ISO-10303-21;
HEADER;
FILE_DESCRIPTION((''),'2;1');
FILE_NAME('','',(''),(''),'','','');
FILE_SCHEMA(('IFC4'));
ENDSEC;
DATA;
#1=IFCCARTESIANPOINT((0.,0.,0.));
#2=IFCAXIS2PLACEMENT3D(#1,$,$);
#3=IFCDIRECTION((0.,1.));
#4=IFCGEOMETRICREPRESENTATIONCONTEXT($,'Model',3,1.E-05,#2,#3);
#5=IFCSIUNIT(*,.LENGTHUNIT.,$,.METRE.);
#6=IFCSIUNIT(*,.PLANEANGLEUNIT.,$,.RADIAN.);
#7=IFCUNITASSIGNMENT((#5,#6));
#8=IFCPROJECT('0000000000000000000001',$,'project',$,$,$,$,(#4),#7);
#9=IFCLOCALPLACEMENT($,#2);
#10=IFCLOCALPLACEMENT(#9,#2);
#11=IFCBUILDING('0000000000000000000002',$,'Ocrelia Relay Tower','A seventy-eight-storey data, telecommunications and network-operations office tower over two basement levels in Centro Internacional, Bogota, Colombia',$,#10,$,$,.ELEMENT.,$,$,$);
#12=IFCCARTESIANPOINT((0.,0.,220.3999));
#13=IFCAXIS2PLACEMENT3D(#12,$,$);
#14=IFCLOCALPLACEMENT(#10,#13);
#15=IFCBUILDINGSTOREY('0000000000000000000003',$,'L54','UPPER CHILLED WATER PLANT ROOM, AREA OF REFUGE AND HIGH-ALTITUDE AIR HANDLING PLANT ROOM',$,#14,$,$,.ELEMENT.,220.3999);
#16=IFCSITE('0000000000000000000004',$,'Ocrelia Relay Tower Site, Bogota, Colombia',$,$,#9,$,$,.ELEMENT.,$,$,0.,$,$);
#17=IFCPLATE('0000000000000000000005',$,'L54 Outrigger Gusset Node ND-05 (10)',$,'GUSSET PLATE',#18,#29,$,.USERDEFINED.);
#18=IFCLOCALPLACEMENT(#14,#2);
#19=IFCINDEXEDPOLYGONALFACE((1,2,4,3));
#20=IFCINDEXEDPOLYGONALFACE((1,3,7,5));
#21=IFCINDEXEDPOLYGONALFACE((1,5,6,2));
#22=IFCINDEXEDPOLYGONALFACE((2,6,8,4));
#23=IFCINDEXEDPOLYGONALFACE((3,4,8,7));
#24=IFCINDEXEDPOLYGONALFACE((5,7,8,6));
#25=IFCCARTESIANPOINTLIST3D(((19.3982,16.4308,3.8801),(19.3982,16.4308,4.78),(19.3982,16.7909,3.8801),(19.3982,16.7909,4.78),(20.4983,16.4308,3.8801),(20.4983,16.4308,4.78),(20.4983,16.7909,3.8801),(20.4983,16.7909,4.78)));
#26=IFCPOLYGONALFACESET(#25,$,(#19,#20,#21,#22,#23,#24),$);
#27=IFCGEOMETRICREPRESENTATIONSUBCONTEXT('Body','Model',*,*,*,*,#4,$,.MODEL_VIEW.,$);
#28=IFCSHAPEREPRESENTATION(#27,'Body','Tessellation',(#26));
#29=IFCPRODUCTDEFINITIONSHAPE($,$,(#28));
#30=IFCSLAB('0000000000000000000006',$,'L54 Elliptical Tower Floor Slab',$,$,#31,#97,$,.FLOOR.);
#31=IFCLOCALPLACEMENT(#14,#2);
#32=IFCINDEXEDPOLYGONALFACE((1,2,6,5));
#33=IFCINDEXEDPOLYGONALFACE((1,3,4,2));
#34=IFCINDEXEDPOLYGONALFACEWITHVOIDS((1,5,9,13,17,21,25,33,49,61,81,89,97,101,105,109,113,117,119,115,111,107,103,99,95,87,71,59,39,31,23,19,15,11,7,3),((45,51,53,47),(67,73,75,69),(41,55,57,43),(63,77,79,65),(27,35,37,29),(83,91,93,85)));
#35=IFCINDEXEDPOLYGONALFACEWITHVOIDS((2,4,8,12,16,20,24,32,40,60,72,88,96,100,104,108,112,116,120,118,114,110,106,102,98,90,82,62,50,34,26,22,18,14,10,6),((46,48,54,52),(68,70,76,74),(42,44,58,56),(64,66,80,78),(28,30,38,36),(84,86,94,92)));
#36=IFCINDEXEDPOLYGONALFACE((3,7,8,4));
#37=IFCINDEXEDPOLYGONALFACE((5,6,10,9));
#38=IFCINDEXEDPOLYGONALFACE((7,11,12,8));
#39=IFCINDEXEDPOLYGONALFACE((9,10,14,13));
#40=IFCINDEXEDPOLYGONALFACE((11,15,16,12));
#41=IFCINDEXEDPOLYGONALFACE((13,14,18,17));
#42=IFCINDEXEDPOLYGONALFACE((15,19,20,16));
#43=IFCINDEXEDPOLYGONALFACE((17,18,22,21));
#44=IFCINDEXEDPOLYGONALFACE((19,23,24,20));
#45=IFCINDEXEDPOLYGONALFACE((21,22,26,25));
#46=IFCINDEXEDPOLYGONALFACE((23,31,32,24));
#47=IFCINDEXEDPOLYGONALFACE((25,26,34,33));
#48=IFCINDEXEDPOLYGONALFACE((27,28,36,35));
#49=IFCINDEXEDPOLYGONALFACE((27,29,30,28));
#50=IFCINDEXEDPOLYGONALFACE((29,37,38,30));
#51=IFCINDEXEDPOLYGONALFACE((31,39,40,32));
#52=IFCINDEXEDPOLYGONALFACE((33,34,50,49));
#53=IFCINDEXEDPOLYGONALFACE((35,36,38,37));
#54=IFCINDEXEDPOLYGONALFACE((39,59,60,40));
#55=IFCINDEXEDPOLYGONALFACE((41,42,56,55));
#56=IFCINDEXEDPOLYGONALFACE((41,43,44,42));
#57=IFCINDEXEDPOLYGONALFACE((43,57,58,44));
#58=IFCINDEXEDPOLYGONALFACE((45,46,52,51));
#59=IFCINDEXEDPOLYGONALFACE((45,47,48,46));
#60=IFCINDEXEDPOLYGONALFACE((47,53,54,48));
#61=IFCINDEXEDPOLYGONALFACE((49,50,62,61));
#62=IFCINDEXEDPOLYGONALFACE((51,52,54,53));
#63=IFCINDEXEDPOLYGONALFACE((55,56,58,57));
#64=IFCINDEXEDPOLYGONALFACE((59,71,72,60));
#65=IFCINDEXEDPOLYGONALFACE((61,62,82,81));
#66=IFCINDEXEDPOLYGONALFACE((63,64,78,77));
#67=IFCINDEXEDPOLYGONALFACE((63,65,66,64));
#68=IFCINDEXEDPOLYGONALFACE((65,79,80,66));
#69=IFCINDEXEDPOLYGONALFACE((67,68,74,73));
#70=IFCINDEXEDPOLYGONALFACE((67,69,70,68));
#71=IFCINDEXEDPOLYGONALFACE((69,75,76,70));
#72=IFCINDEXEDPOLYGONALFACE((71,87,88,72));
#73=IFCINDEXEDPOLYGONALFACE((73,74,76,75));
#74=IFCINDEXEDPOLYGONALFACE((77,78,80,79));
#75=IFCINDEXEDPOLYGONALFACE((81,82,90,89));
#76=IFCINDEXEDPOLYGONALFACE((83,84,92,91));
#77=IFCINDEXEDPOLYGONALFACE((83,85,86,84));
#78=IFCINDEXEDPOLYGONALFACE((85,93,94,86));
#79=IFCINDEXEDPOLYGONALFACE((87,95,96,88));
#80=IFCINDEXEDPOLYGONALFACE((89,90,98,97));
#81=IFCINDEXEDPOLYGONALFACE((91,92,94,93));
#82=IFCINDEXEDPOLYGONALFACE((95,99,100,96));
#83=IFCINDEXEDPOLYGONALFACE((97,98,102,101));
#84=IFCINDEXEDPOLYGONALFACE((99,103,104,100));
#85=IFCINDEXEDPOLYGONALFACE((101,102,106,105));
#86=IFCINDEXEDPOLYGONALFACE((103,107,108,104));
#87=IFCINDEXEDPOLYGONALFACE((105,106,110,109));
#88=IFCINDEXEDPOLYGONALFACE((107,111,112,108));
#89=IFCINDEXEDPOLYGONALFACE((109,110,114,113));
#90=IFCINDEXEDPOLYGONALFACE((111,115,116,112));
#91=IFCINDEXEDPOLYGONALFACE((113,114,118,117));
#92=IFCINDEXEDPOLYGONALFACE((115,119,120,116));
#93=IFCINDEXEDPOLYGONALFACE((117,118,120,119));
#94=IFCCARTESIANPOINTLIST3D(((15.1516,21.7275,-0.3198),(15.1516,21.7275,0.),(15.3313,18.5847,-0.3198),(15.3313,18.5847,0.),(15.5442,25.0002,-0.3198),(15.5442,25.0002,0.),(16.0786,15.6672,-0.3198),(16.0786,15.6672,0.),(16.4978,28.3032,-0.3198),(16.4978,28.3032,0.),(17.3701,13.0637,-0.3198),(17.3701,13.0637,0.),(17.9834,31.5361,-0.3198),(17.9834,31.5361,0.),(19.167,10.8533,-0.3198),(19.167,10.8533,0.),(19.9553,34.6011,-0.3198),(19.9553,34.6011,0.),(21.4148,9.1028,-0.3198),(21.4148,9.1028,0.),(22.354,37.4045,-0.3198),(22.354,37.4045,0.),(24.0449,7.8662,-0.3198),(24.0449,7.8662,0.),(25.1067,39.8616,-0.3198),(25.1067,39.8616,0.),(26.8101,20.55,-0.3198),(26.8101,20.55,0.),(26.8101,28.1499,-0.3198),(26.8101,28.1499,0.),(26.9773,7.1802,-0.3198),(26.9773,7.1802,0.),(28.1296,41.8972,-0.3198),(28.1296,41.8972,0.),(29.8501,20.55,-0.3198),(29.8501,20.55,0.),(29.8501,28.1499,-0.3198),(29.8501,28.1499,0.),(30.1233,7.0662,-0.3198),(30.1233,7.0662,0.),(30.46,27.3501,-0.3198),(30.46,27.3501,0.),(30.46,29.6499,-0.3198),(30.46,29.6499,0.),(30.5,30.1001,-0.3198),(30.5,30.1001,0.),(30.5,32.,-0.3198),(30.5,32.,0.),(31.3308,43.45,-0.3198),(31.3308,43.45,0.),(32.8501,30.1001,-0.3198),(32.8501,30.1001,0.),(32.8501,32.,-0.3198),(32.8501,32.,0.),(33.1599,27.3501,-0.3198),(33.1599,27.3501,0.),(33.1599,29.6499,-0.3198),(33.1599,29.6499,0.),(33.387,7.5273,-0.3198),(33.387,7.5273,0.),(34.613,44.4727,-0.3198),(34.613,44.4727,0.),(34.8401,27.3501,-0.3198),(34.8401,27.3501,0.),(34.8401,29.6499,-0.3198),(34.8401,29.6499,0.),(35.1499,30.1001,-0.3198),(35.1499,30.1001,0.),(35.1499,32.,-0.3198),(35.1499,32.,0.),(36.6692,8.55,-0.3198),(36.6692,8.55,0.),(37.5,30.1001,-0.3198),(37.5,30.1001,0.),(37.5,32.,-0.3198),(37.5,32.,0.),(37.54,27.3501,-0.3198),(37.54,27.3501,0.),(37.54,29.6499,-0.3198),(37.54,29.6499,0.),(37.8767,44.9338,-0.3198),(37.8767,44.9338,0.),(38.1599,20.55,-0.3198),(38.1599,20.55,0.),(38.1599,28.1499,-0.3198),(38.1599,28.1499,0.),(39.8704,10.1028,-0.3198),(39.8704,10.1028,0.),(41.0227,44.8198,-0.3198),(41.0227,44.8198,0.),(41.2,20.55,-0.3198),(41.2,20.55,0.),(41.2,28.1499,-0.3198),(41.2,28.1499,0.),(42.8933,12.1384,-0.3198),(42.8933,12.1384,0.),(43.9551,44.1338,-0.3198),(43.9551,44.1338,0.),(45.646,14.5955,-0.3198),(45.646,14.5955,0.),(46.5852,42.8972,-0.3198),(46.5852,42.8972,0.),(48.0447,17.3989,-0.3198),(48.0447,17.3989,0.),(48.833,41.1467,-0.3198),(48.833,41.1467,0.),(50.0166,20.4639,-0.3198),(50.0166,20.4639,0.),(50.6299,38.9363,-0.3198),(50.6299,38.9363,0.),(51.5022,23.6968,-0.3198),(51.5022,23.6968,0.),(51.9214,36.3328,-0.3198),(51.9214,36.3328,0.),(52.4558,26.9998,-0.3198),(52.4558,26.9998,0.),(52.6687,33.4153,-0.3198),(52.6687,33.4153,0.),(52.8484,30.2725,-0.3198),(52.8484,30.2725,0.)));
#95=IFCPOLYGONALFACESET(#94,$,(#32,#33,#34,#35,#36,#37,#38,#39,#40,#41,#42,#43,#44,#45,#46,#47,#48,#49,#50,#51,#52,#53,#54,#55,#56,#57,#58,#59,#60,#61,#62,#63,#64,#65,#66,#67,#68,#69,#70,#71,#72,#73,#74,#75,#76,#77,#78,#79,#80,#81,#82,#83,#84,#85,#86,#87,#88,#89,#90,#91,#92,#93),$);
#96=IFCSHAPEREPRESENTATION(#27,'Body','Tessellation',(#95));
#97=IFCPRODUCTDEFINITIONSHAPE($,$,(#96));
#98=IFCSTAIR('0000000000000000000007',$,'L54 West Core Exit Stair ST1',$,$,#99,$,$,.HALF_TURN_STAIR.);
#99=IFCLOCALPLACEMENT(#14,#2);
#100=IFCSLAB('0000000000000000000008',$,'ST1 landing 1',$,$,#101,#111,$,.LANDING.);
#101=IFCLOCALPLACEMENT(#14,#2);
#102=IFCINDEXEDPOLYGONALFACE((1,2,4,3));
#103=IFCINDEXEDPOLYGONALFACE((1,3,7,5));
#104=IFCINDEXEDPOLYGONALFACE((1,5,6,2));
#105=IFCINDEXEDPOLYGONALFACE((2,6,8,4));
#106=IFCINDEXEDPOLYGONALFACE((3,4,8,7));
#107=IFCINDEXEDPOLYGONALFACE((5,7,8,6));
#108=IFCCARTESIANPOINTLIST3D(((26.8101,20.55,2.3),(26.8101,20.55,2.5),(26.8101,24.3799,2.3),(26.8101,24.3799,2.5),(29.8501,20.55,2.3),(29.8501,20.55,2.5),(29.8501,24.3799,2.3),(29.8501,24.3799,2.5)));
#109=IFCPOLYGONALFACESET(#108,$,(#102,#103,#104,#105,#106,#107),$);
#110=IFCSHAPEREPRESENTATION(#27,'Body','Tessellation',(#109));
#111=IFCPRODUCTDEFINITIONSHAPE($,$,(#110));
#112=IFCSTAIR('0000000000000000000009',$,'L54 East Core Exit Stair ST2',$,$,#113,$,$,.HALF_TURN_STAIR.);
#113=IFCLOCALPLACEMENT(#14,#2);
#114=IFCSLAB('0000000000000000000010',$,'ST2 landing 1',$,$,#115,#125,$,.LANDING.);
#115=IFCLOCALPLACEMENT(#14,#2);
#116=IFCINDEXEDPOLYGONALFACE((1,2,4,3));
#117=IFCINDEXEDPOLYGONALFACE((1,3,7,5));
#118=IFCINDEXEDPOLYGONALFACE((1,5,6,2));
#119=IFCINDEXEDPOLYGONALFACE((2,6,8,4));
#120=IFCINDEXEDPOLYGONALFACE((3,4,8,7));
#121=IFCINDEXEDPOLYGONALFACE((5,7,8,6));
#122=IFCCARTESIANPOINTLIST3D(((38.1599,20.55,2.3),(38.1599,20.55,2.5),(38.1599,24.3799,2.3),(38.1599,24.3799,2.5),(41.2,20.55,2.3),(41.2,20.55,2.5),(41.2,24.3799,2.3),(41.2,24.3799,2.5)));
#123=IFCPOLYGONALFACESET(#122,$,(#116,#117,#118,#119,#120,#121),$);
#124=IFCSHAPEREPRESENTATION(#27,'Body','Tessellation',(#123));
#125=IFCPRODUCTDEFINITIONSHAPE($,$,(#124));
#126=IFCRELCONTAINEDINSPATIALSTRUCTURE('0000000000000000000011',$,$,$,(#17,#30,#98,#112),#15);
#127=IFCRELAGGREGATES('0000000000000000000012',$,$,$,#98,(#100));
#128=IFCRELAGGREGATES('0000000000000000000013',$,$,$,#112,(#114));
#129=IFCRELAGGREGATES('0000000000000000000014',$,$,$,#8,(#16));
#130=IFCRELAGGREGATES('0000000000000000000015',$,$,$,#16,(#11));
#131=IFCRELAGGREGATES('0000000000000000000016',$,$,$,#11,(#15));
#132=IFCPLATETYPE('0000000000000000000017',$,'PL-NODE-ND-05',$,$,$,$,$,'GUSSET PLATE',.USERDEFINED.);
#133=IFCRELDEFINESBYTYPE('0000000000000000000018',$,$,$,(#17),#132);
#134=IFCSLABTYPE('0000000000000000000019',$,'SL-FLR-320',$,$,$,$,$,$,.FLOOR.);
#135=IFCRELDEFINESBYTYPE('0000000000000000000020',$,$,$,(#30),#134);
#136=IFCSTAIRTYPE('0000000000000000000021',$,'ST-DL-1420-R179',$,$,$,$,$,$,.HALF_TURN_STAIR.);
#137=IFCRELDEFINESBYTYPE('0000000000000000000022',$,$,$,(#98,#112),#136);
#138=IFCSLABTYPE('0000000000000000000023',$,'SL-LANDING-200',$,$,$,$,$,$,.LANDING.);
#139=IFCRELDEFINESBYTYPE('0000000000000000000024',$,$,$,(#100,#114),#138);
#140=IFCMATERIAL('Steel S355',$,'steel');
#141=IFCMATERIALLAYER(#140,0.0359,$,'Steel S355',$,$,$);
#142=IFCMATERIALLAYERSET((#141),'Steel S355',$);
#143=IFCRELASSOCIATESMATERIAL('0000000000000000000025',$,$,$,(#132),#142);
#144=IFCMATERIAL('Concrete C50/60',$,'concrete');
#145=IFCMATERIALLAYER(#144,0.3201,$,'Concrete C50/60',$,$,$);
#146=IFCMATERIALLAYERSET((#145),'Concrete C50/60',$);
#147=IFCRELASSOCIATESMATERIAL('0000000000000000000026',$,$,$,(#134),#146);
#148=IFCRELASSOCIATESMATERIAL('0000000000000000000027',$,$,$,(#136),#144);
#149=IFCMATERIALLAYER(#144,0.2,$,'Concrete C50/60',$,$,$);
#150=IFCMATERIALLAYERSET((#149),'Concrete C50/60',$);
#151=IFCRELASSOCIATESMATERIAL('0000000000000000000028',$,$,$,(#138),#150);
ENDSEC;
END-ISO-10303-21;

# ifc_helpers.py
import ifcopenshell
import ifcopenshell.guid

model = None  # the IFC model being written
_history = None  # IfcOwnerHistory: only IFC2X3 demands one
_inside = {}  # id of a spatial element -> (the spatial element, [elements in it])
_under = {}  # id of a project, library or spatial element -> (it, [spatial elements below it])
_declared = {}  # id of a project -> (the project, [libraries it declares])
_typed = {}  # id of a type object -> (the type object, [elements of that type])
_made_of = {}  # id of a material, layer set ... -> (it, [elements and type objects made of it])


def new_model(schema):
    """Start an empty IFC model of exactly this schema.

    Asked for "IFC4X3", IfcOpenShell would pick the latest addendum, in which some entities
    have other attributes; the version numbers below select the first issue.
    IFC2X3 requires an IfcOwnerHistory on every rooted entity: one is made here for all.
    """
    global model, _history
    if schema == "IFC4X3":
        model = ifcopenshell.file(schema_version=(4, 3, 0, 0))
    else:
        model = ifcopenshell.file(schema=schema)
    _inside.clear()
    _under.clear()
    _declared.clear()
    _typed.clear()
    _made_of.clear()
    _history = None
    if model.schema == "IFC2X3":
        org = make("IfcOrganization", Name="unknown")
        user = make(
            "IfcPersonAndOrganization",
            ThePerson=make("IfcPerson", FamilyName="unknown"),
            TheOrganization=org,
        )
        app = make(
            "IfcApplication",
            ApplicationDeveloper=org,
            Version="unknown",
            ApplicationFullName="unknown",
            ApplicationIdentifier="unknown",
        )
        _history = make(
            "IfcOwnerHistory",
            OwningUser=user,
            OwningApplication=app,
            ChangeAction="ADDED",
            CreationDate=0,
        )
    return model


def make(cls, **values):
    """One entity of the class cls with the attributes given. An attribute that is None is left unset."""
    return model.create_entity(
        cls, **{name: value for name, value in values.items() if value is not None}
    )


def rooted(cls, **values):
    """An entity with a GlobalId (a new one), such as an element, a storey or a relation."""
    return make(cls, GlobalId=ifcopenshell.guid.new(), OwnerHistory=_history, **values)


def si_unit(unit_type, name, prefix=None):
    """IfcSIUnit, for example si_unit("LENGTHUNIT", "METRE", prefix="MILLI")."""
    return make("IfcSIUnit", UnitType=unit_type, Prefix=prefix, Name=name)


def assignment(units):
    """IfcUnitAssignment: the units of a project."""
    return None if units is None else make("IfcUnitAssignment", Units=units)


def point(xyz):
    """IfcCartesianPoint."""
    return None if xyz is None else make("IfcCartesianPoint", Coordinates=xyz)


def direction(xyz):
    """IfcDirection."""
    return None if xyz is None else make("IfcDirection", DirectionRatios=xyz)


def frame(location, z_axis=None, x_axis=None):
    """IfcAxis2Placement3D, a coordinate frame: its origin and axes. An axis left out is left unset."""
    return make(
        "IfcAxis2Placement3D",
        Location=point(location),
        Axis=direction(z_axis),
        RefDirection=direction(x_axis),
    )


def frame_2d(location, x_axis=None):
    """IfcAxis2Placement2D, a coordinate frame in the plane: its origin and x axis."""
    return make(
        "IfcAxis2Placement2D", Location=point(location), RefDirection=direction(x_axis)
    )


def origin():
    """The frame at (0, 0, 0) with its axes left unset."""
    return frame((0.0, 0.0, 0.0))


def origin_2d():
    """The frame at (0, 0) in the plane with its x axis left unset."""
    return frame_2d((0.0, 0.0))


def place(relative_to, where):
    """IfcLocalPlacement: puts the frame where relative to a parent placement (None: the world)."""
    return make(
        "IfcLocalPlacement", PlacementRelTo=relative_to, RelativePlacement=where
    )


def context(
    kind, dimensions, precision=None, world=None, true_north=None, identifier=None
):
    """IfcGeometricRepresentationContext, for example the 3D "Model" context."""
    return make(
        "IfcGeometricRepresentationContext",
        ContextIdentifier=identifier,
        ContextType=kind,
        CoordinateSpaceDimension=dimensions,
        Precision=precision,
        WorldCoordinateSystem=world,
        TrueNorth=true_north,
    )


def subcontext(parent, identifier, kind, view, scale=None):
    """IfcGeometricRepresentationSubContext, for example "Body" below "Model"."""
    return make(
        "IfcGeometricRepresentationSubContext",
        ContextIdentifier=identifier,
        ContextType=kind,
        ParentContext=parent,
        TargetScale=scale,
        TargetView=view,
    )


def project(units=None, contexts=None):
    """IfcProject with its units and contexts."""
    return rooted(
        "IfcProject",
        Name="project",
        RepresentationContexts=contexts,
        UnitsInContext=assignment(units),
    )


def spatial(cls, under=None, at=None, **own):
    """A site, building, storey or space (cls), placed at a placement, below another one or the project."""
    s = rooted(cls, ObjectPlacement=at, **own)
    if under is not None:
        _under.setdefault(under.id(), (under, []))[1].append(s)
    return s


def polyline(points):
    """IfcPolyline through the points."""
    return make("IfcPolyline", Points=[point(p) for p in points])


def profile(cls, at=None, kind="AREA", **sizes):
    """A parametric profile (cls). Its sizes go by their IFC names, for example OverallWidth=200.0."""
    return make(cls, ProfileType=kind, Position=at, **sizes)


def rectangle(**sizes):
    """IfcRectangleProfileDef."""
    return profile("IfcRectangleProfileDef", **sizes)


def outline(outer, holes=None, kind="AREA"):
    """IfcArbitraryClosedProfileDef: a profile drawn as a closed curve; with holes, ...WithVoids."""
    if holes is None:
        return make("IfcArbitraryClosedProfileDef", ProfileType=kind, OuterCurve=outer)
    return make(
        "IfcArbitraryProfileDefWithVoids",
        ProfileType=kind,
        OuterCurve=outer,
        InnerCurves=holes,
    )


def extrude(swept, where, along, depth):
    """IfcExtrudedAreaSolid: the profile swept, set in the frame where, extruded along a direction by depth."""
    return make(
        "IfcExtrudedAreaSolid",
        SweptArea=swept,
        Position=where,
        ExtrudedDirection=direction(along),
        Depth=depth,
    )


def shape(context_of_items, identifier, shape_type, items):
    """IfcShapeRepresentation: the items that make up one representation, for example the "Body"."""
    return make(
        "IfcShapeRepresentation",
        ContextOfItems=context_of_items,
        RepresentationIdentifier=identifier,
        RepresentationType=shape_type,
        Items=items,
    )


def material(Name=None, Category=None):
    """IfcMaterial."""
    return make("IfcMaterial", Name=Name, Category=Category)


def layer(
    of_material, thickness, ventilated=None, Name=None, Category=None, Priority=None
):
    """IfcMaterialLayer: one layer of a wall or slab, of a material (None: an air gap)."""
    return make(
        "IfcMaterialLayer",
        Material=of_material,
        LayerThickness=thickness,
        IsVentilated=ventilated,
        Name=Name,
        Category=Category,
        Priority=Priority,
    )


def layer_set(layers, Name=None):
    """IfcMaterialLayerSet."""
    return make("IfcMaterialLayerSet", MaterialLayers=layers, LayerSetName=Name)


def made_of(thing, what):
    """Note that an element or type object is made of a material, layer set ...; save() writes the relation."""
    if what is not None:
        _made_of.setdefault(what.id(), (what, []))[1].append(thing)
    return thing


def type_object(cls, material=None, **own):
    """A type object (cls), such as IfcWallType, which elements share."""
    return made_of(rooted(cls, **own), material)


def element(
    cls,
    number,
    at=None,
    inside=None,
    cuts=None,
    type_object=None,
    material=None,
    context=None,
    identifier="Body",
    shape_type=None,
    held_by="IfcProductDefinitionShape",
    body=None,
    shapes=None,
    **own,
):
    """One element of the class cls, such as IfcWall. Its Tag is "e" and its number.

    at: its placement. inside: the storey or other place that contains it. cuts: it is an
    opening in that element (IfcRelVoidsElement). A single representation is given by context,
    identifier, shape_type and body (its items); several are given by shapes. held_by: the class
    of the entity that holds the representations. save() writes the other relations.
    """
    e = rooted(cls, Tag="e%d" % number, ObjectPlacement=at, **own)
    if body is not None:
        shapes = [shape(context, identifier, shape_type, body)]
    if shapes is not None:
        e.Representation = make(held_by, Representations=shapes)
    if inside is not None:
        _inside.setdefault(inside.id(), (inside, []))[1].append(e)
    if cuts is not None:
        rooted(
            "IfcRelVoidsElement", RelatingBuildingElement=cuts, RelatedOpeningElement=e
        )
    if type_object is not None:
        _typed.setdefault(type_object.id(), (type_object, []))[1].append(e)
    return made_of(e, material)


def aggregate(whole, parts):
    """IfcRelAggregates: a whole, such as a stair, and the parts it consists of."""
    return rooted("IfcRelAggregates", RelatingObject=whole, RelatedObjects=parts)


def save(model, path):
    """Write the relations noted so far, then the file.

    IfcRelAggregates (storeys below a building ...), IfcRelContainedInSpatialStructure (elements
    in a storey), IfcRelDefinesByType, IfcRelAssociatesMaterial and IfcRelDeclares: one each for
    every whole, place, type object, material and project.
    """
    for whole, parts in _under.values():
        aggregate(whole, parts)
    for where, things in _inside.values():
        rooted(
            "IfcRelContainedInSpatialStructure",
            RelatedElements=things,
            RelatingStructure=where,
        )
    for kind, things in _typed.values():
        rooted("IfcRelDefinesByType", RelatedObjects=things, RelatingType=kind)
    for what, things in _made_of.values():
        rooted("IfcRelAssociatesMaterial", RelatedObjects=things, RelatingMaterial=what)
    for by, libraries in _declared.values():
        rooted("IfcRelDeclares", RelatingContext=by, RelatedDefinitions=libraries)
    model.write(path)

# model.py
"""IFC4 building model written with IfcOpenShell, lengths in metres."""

from ifc_helpers import new_model, si_unit, direction, frame, origin, origin_2d, place, context, subcontext, project, spatial, polyline, rectangle, outline, extrude, material, layer, layer_set, type_object, element, aggregate, save


model = new_model("IFC4")

# Units and contexts
model_context = context("Model", 3, precision=1e-05, world=origin(), true_north=direction((0.0, 1.0)))
body_context = subcontext(model_context, "Body", "Model", "MODEL_VIEW")
ifc_project = project(units=[si_unit("LENGTHUNIT", "METRE"), si_unit("PLANEANGLEUNIT", "RADIAN")], contexts=[model_context])

# Site, building, storey
site_placement = place(None, origin())
site = spatial("IfcSite", under=ifc_project, at=site_placement, Name="Ocrelia Relay Tower Site, Bogota, Colombia", CompositionType="ELEMENT", RefElevation=0.0)
building_placement = place(site_placement, origin())
building = spatial("IfcBuilding", under=site, at=building_placement, Name="Ocrelia Relay Tower", Description="A seventy-eight-storey data, telecommunications and network-operations office tower over two basement levels in Centro Internacional, Bogota, Colombia", CompositionType="ELEMENT")
storey_placement = place(building_placement, frame((0.0, 0.0, 220.3999)))
storey = spatial("IfcBuildingStorey", under=building, at=storey_placement, Name="L54", Description="UPPER CHILLED WATER PLANT ROOM, AREA OF REFUGE AND HIGH-ALTITUDE AIR HANDLING PLANT ROOM", CompositionType="ELEMENT", Elevation=220.3999)

# Shared definitions
ifc_material_1 = material(Name="Steel S355", Category="steel")

# Plate
ifc_layer_1 = layer(ifc_material_1, 0.0359, Name="Steel S355")
ifc_layer_set_1 = layer_set([ifc_layer_1], Name="Steel S355")
plate_type = type_object("IfcPlateType", Name="PL-NODE-ND-05", ElementType="GUSSET PLATE", PredefinedType="USERDEFINED", material=ifc_layer_set_1)
plate_placement = place(storey_placement, frame((19.9482, 16.6108, 3.8801), z_axis=(0.0, 0.0, 1.0), x_axis=(1.0, 0.0, 0.0)))
element("IfcPlate", 1, at=plate_placement, inside=storey, type_object=plate_type, Name="L54 Outrigger Gusset Node ND-05 (10)", ObjectType="GUSSET PLATE", PredefinedType="USERDEFINED", context=body_context, shape_type="SweptSolid", body=[
    extrude(rectangle(XDim=1.1001, YDim=0.3601, at=origin_2d()), origin(), (0.0, 0.0, 1.0), 0.8999),
])

# Slab
ifc_material_2 = material(Name="Concrete C50/60", Category="concrete")
ifc_layer_2 = layer(ifc_material_2, 0.3201, Name="Concrete C50/60")
ifc_layer_set_2 = layer_set([ifc_layer_2], Name="Concrete C50/60")
slab_type_1 = type_object("IfcSlabType", Name="SL-FLR-320", PredefinedType="FLOOR", material=ifc_layer_set_2)
slab_1_placement = place(storey_placement, frame((0.0, 0.0, -0.3198)))
element("IfcSlab", 2, at=slab_1_placement, inside=storey, type_object=slab_type_1, Name="L54 Elliptical Tower Floor Slab", PredefinedType="FLOOR", context=body_context, shape_type="SweptSolid", body=[
    extrude(outline(polyline([(48.833, 41.1467), (46.5852, 42.8972), (43.9551, 44.1338), (41.0227, 44.8198), (37.8767, 44.9338), (34.613, 44.4727), (31.3308, 43.45), (28.1296, 41.8972), (25.1067, 39.8616), (22.354, 37.4045), (19.9553, 34.6011), (17.9834, 31.5361), (16.4978, 28.3032), (15.5442, 25.0002), (15.1516, 21.7275), (15.3313, 18.5847), (16.0786, 15.6672), (17.3701, 13.0637), (19.167, 10.8533), (21.4148, 9.1028), (24.0449, 7.8662), (26.9773, 7.1802), (30.1233, 7.0662), (33.387, 7.5273), (36.6692, 8.55), (39.8704, 10.1028), (42.8933, 12.1384), (45.646, 14.5955), (48.0447, 17.3989), (50.0166, 20.4639), (51.5022, 23.6968), (52.4558, 26.9998), (52.8484, 30.2725), (52.6687, 33.4153), (51.9214, 36.3328), (50.6299, 38.9363), (48.833, 41.1467)]), holes=[polyline([(26.8101, 28.1499), (26.8101, 20.55), (29.8501, 20.55), (29.8501, 28.1499), (26.8101, 28.1499)]), polyline([(38.1599, 28.1499), (38.1599, 20.55), (41.2, 20.55), (41.2, 28.1499), (38.1599, 28.1499)]), polyline([(30.46, 27.3501), (33.1599, 27.3501), (33.1599, 29.6499), (30.46, 29.6499), (30.46, 27.3501)]), polyline([(34.8401, 27.3501), (37.54, 27.3501), (37.54, 29.6499), (34.8401, 29.6499), (34.8401, 27.3501)]), polyline([(30.5, 30.1001), (32.8501, 30.1001), (32.8501, 32.0), (30.5, 32.0), (30.5, 30.1001)]), polyline([(35.1499, 30.1001), (37.5, 30.1001), (37.5, 32.0), (35.1499, 32.0), (35.1499, 30.1001)])]), origin(), (0.0, 0.0, 1.0), 0.3198),
])

# Stairs, slabs
stair_type = type_object("IfcStairType", Name="ST-DL-1420-R179", PredefinedType="HALF_TURN_STAIR", material=ifc_material_2)
stair_1_placement = place(storey_placement, origin())
stair_1 = element("IfcStair", 3, at=stair_1_placement, inside=storey, type_object=stair_type, Name="L54 West Core Exit Stair ST1", PredefinedType="HALF_TURN_STAIR")
ifc_layer_3 = layer(ifc_material_2, 0.2, Name="Concrete C50/60")
ifc_layer_set_3 = layer_set([ifc_layer_3], Name="Concrete C50/60")
slab_type_2 = type_object("IfcSlabType", Name="SL-LANDING-200", PredefinedType="LANDING", material=ifc_layer_set_3)
slab_2_placement = place(storey_placement, frame((0.0, 0.0, 2.3)))
slab_2 = element("IfcSlab", 4, at=slab_2_placement, type_object=slab_type_2, Name="ST1 landing 1", PredefinedType="LANDING", context=body_context, shape_type="SweptSolid", body=[
    extrude(outline(polyline([(26.8101, 24.3799), (26.8101, 20.55), (29.8501, 20.55), (29.8501, 24.3799), (26.8101, 24.3799)])), origin(), (0.0, 0.0, 1.0), 0.2),
])
aggregate(stair_1, [slab_2])
stair_2_placement = place(storey_placement, origin())
stair_2 = element("IfcStair", 5, at=stair_2_placement, inside=storey, type_object=stair_type, Name="L54 East Core Exit Stair ST2", PredefinedType="HALF_TURN_STAIR")
slab_3_placement = place(storey_placement, frame((0.0, 0.0, 2.3)))
slab_3 = element("IfcSlab", 6, at=slab_3_placement, type_object=slab_type_2, Name="ST2 landing 1", PredefinedType="LANDING", context=body_context, shape_type="SweptSolid", body=[
    extrude(outline(polyline([(38.1599, 24.3799), (38.1599, 20.55), (41.2, 20.55), (41.2, 24.3799), (38.1599, 24.3799)])), origin(), (0.0, 0.0, 1.0), 0.2),
])
aggregate(stair_2, [slab_3])

save(model, "model.ifc")
